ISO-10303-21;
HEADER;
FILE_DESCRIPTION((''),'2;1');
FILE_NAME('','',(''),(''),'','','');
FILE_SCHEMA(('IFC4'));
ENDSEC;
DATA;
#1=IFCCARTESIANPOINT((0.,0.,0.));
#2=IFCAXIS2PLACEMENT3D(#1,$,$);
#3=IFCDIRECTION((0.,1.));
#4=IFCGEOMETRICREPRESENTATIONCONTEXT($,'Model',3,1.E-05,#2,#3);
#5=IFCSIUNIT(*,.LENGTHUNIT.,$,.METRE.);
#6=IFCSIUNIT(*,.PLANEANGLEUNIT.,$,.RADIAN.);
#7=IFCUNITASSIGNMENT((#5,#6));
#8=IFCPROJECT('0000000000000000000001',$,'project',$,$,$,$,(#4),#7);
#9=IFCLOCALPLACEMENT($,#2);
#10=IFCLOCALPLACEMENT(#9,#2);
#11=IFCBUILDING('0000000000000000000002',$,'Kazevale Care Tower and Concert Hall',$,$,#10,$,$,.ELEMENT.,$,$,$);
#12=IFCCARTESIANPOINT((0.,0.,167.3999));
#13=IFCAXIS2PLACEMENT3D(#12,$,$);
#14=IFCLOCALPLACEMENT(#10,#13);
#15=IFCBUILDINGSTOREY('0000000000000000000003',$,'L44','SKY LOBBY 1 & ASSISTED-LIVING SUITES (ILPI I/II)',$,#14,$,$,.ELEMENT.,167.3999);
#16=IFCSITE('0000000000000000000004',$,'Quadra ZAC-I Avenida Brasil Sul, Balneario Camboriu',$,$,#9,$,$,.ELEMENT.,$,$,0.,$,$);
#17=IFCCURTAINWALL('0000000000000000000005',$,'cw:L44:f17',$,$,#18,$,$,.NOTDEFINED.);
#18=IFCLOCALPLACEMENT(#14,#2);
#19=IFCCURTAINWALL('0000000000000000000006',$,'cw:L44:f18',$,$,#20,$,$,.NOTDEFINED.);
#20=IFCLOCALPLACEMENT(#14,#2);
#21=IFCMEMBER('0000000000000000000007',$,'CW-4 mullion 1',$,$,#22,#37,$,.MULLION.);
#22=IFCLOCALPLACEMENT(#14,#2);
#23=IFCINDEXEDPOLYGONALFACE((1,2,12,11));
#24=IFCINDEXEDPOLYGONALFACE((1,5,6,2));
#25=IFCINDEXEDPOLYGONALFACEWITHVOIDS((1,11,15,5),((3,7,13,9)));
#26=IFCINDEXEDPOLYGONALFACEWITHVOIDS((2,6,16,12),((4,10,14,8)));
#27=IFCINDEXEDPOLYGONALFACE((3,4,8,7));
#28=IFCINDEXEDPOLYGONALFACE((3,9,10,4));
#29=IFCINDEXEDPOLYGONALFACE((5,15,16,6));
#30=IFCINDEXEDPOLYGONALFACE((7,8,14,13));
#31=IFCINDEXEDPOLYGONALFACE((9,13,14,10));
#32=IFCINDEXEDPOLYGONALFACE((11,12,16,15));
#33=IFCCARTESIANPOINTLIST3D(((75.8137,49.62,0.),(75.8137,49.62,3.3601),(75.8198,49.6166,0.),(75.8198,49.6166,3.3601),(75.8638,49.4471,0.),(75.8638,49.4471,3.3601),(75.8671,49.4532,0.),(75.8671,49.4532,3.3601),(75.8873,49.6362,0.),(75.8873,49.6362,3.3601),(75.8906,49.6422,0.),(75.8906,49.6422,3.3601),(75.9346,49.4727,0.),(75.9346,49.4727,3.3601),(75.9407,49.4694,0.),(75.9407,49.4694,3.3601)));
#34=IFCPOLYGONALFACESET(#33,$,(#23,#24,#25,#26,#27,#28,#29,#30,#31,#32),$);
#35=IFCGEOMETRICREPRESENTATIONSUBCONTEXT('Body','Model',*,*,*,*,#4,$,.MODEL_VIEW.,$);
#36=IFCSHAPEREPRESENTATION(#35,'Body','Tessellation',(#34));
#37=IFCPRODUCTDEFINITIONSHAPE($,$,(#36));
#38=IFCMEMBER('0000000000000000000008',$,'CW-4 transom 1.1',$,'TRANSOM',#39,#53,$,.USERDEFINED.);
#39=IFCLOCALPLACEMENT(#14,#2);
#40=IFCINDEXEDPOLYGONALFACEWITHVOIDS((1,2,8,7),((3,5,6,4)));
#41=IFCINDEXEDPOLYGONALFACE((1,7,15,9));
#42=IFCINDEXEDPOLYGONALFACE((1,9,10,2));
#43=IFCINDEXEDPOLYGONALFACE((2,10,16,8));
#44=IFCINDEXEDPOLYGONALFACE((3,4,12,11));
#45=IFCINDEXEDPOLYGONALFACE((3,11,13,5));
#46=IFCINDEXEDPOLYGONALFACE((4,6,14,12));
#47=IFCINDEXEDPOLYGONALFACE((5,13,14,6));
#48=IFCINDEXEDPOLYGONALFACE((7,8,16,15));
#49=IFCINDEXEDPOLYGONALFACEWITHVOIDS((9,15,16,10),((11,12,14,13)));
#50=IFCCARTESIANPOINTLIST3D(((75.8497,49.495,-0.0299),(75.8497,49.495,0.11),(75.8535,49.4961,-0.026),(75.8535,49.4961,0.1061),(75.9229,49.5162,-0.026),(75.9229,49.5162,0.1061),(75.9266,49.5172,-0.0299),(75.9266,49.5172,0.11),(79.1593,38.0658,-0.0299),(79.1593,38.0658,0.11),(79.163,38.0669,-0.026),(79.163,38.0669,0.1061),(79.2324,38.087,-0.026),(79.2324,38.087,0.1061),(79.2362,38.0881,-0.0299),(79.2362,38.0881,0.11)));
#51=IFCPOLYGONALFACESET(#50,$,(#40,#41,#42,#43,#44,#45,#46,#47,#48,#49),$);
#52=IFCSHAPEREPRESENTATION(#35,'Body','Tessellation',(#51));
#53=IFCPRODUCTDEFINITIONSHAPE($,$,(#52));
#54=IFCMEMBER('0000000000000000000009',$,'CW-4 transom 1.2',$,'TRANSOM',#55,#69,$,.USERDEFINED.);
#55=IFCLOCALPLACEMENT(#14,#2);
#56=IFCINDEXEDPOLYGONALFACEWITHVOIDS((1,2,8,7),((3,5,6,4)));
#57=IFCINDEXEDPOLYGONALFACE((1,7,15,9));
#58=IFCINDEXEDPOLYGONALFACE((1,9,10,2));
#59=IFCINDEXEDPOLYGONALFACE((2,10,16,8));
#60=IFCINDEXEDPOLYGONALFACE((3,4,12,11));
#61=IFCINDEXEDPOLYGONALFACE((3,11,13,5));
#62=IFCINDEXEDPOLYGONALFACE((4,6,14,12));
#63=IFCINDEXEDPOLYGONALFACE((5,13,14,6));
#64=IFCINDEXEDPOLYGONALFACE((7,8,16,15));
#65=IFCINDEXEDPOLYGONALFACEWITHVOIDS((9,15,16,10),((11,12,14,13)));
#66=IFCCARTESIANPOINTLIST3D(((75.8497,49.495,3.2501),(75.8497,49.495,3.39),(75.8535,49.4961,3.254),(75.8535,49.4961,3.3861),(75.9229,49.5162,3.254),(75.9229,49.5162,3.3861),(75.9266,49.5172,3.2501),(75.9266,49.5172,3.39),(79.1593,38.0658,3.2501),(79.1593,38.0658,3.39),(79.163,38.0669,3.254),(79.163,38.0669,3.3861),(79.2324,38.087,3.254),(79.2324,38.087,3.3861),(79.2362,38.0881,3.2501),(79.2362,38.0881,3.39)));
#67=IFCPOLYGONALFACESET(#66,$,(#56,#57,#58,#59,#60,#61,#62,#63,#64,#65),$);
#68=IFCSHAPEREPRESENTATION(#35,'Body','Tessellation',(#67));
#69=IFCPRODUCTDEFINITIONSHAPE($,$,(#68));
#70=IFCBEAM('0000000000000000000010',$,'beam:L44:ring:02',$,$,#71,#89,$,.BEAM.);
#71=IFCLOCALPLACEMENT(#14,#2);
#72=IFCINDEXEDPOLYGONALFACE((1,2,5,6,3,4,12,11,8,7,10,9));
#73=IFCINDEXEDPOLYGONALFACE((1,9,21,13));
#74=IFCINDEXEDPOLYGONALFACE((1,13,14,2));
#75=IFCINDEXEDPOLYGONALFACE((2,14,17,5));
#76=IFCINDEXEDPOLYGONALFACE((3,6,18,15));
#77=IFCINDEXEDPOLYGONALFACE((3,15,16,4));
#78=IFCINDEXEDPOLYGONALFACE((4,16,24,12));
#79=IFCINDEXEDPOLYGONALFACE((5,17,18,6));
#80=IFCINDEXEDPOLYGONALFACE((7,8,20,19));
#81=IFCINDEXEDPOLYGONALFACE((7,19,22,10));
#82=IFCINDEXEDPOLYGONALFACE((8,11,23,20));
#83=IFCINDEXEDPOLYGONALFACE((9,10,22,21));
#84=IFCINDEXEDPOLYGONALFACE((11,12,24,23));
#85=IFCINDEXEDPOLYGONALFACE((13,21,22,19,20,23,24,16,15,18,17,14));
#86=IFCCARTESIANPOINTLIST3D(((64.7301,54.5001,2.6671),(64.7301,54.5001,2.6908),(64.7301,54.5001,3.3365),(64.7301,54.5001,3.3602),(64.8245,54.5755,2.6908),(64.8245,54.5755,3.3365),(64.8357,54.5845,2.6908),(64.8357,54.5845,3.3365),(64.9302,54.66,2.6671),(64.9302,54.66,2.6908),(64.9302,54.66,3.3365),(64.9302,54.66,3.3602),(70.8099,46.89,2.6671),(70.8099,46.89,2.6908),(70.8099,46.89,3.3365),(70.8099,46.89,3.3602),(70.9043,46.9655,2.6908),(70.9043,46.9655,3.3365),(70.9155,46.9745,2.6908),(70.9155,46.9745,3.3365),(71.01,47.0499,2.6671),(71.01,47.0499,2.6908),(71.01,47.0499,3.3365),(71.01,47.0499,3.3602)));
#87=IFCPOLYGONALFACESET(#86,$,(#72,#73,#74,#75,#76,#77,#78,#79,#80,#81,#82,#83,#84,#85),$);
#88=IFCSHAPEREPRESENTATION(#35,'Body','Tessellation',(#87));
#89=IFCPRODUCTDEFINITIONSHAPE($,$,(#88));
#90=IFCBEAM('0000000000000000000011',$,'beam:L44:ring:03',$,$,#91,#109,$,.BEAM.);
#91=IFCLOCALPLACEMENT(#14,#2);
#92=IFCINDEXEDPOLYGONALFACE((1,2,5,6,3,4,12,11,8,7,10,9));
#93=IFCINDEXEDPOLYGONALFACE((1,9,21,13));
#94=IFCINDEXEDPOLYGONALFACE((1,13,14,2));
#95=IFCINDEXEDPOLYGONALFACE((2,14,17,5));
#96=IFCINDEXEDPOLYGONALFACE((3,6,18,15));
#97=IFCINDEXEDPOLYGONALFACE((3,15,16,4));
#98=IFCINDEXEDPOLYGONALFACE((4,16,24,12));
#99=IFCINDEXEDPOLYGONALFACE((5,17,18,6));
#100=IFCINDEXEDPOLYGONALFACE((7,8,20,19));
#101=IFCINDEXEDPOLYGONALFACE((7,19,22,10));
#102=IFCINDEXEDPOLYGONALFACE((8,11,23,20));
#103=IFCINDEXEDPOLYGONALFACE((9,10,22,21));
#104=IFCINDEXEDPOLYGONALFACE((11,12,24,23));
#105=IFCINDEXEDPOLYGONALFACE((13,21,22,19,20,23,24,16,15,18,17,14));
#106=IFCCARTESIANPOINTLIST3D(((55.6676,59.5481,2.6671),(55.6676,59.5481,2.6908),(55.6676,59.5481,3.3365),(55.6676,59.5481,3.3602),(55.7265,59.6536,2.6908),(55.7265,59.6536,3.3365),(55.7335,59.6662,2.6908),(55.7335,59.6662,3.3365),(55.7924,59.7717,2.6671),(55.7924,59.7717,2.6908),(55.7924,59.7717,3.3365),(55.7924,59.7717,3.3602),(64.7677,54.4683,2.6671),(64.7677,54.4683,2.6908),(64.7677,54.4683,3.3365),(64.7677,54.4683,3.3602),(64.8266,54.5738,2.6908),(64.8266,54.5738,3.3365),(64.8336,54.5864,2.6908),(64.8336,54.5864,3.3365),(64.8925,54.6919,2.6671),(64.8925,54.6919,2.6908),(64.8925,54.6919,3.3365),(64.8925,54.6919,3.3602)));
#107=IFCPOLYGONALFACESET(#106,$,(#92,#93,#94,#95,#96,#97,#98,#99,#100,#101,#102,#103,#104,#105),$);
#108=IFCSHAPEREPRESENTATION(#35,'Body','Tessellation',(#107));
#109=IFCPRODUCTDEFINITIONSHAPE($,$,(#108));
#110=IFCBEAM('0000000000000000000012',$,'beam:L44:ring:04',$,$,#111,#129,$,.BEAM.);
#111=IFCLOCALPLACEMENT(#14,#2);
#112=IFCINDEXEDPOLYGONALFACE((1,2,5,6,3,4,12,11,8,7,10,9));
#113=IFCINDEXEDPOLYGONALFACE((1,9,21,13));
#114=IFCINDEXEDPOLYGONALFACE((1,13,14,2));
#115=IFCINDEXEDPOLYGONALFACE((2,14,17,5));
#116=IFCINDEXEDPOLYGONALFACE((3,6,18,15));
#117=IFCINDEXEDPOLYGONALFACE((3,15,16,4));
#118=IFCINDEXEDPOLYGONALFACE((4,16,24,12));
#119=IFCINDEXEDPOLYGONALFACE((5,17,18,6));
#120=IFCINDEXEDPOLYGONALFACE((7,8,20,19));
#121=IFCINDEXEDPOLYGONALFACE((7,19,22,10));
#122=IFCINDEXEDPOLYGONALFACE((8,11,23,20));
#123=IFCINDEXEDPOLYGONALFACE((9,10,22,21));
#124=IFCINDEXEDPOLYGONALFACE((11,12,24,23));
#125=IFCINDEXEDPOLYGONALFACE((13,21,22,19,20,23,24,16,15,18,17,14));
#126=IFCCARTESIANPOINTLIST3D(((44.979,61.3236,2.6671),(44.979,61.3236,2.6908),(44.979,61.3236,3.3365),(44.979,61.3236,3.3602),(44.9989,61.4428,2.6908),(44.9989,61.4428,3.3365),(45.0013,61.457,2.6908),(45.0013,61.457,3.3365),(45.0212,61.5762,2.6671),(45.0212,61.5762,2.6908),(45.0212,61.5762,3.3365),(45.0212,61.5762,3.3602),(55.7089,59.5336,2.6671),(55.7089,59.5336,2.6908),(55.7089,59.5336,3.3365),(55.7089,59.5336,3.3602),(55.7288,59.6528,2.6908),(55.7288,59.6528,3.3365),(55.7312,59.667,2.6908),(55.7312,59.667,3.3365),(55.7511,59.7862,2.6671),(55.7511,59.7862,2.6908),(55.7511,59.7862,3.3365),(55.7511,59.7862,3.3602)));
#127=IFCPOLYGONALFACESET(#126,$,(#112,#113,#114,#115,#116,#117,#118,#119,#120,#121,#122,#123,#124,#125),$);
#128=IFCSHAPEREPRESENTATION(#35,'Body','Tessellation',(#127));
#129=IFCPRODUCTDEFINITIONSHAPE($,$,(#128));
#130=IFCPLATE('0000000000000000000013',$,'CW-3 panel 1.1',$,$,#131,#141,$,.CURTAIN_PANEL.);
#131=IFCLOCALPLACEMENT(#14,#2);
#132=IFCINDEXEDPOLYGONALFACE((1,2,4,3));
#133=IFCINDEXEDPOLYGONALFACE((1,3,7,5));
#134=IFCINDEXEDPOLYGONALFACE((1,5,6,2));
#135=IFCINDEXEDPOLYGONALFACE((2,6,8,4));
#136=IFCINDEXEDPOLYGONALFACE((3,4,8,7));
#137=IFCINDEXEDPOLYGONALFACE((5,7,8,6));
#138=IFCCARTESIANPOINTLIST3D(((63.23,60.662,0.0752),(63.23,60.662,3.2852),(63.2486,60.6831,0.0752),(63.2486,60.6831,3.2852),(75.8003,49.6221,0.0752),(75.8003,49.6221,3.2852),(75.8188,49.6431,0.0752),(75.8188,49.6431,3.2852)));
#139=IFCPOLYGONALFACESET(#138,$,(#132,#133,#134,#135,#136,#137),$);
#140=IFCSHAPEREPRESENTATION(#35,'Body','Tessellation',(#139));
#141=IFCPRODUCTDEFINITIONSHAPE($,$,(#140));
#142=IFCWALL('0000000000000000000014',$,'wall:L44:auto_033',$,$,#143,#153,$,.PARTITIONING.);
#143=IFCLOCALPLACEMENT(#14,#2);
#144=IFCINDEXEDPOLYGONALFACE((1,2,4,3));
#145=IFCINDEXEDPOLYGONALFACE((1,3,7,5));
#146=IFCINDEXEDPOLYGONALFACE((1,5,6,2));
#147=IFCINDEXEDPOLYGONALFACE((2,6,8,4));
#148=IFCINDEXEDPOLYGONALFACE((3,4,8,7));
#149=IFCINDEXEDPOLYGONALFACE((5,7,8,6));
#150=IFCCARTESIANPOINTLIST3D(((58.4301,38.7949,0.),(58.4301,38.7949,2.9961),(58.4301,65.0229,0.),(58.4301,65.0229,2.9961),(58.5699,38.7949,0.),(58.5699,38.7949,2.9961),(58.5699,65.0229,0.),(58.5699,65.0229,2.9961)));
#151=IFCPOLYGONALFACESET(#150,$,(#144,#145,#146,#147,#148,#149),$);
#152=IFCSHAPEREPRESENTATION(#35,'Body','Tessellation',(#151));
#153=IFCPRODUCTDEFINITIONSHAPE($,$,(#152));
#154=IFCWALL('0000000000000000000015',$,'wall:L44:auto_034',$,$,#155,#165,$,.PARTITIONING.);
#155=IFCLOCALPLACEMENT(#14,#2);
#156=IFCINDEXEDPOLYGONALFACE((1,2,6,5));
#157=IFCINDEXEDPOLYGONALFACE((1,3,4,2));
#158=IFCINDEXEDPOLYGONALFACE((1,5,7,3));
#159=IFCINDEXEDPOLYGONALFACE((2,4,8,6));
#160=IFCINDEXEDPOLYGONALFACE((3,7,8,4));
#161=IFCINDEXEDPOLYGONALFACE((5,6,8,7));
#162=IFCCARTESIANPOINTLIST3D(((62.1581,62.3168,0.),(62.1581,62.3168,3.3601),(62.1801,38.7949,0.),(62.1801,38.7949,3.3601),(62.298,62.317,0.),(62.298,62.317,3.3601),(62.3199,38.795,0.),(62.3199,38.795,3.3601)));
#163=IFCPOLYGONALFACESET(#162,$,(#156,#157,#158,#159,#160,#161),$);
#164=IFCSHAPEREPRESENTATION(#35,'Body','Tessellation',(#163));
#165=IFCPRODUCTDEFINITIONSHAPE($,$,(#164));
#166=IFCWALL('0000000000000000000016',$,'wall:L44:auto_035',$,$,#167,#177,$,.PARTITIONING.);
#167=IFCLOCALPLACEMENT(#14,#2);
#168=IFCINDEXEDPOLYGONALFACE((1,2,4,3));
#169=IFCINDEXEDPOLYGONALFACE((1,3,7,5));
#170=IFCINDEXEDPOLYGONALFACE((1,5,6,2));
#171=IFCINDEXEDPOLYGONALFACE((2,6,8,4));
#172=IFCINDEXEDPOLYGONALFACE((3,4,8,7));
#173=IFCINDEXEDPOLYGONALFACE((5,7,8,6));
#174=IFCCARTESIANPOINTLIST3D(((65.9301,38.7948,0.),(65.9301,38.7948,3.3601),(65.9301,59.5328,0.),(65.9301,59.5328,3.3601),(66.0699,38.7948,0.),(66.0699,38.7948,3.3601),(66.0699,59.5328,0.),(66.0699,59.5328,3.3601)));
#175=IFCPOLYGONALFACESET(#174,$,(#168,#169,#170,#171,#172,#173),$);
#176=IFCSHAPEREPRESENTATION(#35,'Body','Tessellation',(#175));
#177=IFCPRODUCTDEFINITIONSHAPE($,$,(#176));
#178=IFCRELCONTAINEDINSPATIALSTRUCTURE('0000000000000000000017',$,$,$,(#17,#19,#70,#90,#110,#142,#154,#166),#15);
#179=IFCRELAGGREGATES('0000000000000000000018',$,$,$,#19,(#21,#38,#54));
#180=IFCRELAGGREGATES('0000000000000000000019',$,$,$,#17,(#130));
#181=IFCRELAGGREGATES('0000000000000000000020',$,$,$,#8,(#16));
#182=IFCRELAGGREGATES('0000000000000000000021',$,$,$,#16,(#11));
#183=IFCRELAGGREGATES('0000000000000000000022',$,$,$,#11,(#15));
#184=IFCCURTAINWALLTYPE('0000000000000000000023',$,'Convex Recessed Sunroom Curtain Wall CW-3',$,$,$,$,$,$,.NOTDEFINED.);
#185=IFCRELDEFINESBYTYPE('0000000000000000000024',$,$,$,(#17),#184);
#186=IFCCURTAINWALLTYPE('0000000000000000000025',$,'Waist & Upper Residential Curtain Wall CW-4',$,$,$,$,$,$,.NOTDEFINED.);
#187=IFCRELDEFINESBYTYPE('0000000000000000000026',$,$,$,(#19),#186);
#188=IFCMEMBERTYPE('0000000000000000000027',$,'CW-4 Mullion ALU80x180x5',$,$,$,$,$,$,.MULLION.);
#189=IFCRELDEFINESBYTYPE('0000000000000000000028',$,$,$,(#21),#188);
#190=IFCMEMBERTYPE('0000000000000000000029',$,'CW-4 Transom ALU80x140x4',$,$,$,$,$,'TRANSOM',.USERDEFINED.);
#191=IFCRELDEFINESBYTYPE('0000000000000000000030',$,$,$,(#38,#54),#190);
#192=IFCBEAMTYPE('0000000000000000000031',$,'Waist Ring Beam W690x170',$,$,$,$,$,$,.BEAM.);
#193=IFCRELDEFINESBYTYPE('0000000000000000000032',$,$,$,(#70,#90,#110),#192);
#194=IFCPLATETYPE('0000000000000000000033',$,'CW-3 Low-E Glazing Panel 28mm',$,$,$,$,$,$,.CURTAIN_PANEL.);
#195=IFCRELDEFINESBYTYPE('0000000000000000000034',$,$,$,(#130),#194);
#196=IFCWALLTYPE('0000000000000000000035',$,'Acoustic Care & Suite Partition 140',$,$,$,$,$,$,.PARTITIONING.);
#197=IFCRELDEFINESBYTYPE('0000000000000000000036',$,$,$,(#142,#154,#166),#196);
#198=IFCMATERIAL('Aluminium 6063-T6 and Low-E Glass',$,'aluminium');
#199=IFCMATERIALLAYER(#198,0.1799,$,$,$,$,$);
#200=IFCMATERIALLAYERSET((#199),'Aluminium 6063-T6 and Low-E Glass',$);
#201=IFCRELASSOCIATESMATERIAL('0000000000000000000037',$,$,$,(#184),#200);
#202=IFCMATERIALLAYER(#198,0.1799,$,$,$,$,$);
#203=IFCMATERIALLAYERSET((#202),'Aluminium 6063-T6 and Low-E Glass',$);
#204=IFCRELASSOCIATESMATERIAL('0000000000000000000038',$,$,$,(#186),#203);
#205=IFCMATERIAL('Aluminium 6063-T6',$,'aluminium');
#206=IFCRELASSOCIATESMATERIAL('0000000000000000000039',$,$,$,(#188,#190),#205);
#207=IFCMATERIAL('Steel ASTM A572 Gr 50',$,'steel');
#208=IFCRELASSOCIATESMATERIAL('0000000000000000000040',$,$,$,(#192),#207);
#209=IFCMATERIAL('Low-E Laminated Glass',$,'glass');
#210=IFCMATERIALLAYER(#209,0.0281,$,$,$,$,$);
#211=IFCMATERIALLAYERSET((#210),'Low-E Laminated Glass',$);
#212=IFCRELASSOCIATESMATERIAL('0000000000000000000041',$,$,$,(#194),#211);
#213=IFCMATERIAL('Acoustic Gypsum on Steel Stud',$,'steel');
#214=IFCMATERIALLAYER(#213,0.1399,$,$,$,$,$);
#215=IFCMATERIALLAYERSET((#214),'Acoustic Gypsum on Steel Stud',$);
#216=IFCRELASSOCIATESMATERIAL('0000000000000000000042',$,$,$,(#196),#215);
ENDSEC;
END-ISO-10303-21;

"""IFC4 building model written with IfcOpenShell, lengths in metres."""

from ifc_helpers import new_model, si_unit, direction, frame, frame_2d, origin, origin_2d, place, context, subcontext, project, spatial, rectangle, hollow_rectangle, i_section, extrude, material, layer, layer_set, material_profile, profile_set, type_object, element, aggregate, save


model = new_model("IFC4")

# Units and contexts
model_context = context("Model", 3, precision=1e-05, world=origin(), true_north=direction((0.0, 1.0)))
body_context = subcontext(model_context, "Body", "Model", "MODEL_VIEW")
ifc_project = project(units=[si_unit("LENGTHUNIT", "METRE"), si_unit("PLANEANGLEUNIT", "RADIAN")], contexts=[model_context])

# Site, building, storey
site_placement = place(None, origin())
site = spatial("IfcSite", under=ifc_project, at=site_placement, Name="Quadra ZAC-I Avenida Brasil Sul, Balneario Camboriu", CompositionType="ELEMENT", RefElevation=0.0)
building_placement = place(site_placement, origin())
building = spatial("IfcBuilding", under=site, at=building_placement, Name="Kazevale Care Tower and Concert Hall", CompositionType="ELEMENT")
storey_placement = place(building_placement, frame((0.0, 0.0, 167.3999)))
storey = spatial("IfcBuildingStorey", under=building, at=storey_placement, Name="L44", Description="SKY LOBBY 1 & ASSISTED-LIVING SUITES (ILPI I/II)", CompositionType="ELEMENT", Elevation=167.3999)

# Shared definitions
ifc_material_1 = material(Name="Aluminium 6063-T6 and Low-E Glass", Category="aluminium")
ifc_material_2 = material(Name="Aluminium 6063-T6", Category="aluminium")

# Curtain walls, members
ifc_layer_1 = layer(ifc_material_1, 0.1799)
ifc_layer_set_1 = layer_set([ifc_layer_1], Name="Aluminium 6063-T6 and Low-E Glass")
curtain_wall_type_1 = type_object("IfcCurtainWallType", Name="Convex Recessed Sunroom Curtain Wall CW-3", PredefinedType="NOTDEFINED", material=ifc_layer_set_1)
curtain_wall_1_placement = place(storey_placement, origin())
curtain_wall_1 = element("IfcCurtainWall", 1, at=curtain_wall_1_placement, inside=storey, type_object=curtain_wall_type_1, Name="cw:L44:f17", PredefinedType="NOTDEFINED")
ifc_layer_2 = layer(ifc_material_1, 0.1799)
ifc_layer_set_2 = layer_set([ifc_layer_2], Name="Aluminium 6063-T6 and Low-E Glass")
curtain_wall_type_2 = type_object("IfcCurtainWallType", Name="Waist & Upper Residential Curtain Wall CW-4", PredefinedType="NOTDEFINED", material=ifc_layer_set_2)
curtain_wall_2_placement = place(storey_placement, origin())
curtain_wall_2 = element("IfcCurtainWall", 2, at=curtain_wall_2_placement, inside=storey, type_object=curtain_wall_type_2, Name="cw:L44:f18", PredefinedType="NOTDEFINED")
ifc_material_profile_1 = material_profile(ifc_material_2, hollow_rectangle(XDim=0.0801, YDim=0.1799, WallThickness=0.0049, at=origin_2d()), Name="ALU80x180x5")
ifc_profile_set_1 = profile_set([ifc_material_profile_1], Name="Aluminium 6063-T6")
member_type_1 = type_object("IfcMemberType", Name="CW-4 Mullion ALU80x180x5", PredefinedType="MULLION", material=ifc_profile_set_1)
member_1_placement = place(storey_placement, frame((75.8772, 49.5447, 0.0), z_axis=(0.0, 0.0, 1.0), x_axis=(0.960542, 0.278137, 0.0)))
member_1 = element("IfcMember", 3, at=member_1_placement, type_object=member_type_1, Name="CW-4 mullion 1", PredefinedType="MULLION", context=body_context, shape_type="SweptSolid", body=[
    extrude(hollow_rectangle(XDim=0.0801, YDim=0.1799, WallThickness=0.0049, at=origin_2d()), origin(), (0.0, 0.0, 1.0), 3.3601),
])
ifc_material_profile_2 = material_profile(ifc_material_2, hollow_rectangle(XDim=0.0801, YDim=0.1399, WallThickness=0.0039, at=origin_2d()), Name="ALU80x140x4")
ifc_profile_set_2 = profile_set([ifc_material_profile_2], Name="Aluminium 6063-T6")
member_type_2 = type_object("IfcMemberType", Name="CW-4 Transom ALU80x140x4", ElementType="TRANSOM", PredefinedType="USERDEFINED", material=ifc_profile_set_2)
member_2_placement = place(storey_placement, frame((75.8882, 49.5061, 0.04), z_axis=(0.278145, -0.960539, 0.0), x_axis=(0.960539, 0.278145, 0.0)))
member_2 = element("IfcMember", 4, at=member_2_placement, type_object=member_type_2, Name="CW-4 transom 1.1", ObjectType="TRANSOM", PredefinedType="USERDEFINED", context=body_context, shape_type="SweptSolid", body=[
    extrude(hollow_rectangle(XDim=0.0801, YDim=0.1399, WallThickness=0.0039, at=origin_2d()), origin(), (0.0, 0.0, 1.0), 11.8987),
])
member_3_placement = place(storey_placement, frame((75.8882, 49.5061, 3.3201), z_axis=(0.278145, -0.960539, 0.0), x_axis=(0.960539, 0.278145, 0.0)))
member_3 = element("IfcMember", 5, at=member_3_placement, type_object=member_type_2, Name="CW-4 transom 1.2", ObjectType="TRANSOM", PredefinedType="USERDEFINED", context=body_context, shape_type="SweptSolid", body=[
    extrude(hollow_rectangle(XDim=0.0801, YDim=0.1399, WallThickness=0.0039, at=origin_2d()), origin(), (0.0, 0.0, 1.0), 11.8987),
])
aggregate(curtain_wall_2, [member_1, member_2, member_3])

# Beams
ifc_material_3 = material(Name="Steel ASTM A572 Gr 50", Category="steel")
ifc_material_profile_3 = material_profile(ifc_material_3, i_section(OverallWidth=0.2561, OverallDepth=0.6931, WebThickness=0.0144, FlangeThickness=0.0237, at=origin_2d()), Name="W690x170")
ifc_profile_set_3 = profile_set([ifc_material_profile_3], Name="Steel ASTM A572 Gr 50")
beam_type = type_object("IfcBeamType", Name="Waist Ring Beam W690x170", PredefinedType="BEAM", material=ifc_profile_set_3)
beam_1_placement = place(storey_placement, frame((70.9099, 46.97, 3.0137), z_axis=(-0.624178, 0.781282, 0.0), x_axis=(-0.781282, -0.624178, 0.0)))
element("IfcBeam", 6, at=beam_1_placement, inside=storey, type_object=beam_type, Name="beam:L44:ring:02", PredefinedType="BEAM", context=body_context, shape_type="SweptSolid", body=[
    extrude(i_section(OverallWidth=0.2561, OverallDepth=0.6931, WebThickness=0.0144, FlangeThickness=0.0237, at=origin_2d()), origin(), (0.0, 0.0, 1.0), 9.7405),
])
beam_2_placement = place(storey_placement, frame((64.8301, 54.5801, 3.0137), z_axis=(-0.873169, 0.487418, 0.0), x_axis=(-0.487418, -0.873169, 0.0)))
element("IfcBeam", 7, at=beam_2_placement, inside=storey, type_object=beam_type, Name="beam:L44:ring:03", PredefinedType="BEAM", context=body_context, shape_type="SweptSolid", body=[
    extrude(i_section(OverallWidth=0.2561, OverallDepth=0.6931, WebThickness=0.0144, FlangeThickness=0.0237, at=origin_2d()), origin(), (0.0, 0.0, 1.0), 10.4219),
])
beam_3_placement = place(storey_placement, frame((55.73, 59.6599, 3.0137), z_axis=(-0.986368, 0.164552, 0.0), x_axis=(-0.164552, -0.986368, 0.0)))
element("IfcBeam", 8, at=beam_3_placement, inside=storey, type_object=beam_type, Name="beam:L44:ring:04", PredefinedType="BEAM", context=body_context, shape_type="SweptSolid", body=[
    extrude(i_section(OverallWidth=0.2561, OverallDepth=0.6931, WebThickness=0.0144, FlangeThickness=0.0237, at=origin_2d()), origin(), (0.0, 0.0, 1.0), 10.8782),
])

# Plate
ifc_material_4 = material(Name="Low-E Laminated Glass", Category="glass")
ifc_layer_3 = layer(ifc_material_4, 0.0281)
ifc_layer_set_3 = layer_set([ifc_layer_3], Name="Low-E Laminated Glass")
plate_type = type_object("IfcPlateType", Name="CW-3 Low-E Glazing Panel 28mm", PredefinedType="CURTAIN_PANEL", material=ifc_layer_set_3)
plate_placement = place(storey_placement, frame((69.5244, 55.1526, 0.0752), z_axis=(0.0, 0.0, 1.0), x_axis=(0.751361, -0.659892, 0.0)))
plate = element("IfcPlate", 9, at=plate_placement, type_object=plate_type, Name="CW-3 panel 1.1", PredefinedType="CURTAIN_PANEL", context=body_context, shape_type="SweptSolid", body=[
    extrude(rectangle(XDim=16.73, YDim=0.0281, at=origin_2d()), origin(), (0.0, 0.0, 1.0), 3.21),
])
aggregate(curtain_wall_1, [plate])

# Walls
ifc_material_5 = material(Name="Acoustic Gypsum on Steel Stud", Category="steel")
ifc_layer_4 = layer(ifc_material_5, 0.1399)
ifc_layer_set_4 = layer_set([ifc_layer_4], Name="Acoustic Gypsum on Steel Stud")
wall_type = type_object("IfcWallType", Name="Acoustic Care & Suite Partition 140", PredefinedType="PARTITIONING", material=ifc_layer_set_4)
wall_1_placement = place(storey_placement, frame((58.5, 65.0229, 0.0), z_axis=(0.0, 0.0, 1.0), x_axis=(0.0, -1.0, 0.0)))
element("IfcWall", 10, at=wall_1_placement, inside=storey, type_object=wall_type, Name="wall:L44:auto_033", PredefinedType="PARTITIONING", context=body_context, shape_type="SweptSolid", body=[
    extrude(rectangle(XDim=26.228, YDim=0.1399, at=frame_2d((13.114, 0.0))), origin(), (0.0, 0.0, 1.0), 2.9961),
])
wall_2_placement = place(storey_placement, frame((62.228, 62.3169, 0.0), z_axis=(0.0, 0.0, 1.0), x_axis=(0.000934, -1.0, 0.0)))
element("IfcWall", 11, at=wall_2_placement, inside=storey, type_object=wall_type, Name="wall:L44:auto_034", PredefinedType="PARTITIONING", context=body_context, shape_type="SweptSolid", body=[
    extrude(rectangle(XDim=23.522, YDim=0.1399, at=frame_2d((11.761, 0.0))), origin(), (0.0, 0.0, 1.0), 3.3601),
])
wall_3_placement = place(storey_placement, frame((66.0, 59.533, 0.0), z_axis=(0.0, 0.0, 1.0), x_axis=(0.0, -1.0, 0.0)))
element("IfcWall", 12, at=wall_3_placement, inside=storey, type_object=wall_type, Name="wall:L44:auto_035", PredefinedType="PARTITIONING", context=body_context, shape_type="SweptSolid", body=[
    extrude(rectangle(XDim=20.738, YDim=0.1399, at=frame_2d((10.3691, 0.0))), origin(), (0.0, 0.0, 1.0), 3.3601),
])

save(model, "model.ifc")
